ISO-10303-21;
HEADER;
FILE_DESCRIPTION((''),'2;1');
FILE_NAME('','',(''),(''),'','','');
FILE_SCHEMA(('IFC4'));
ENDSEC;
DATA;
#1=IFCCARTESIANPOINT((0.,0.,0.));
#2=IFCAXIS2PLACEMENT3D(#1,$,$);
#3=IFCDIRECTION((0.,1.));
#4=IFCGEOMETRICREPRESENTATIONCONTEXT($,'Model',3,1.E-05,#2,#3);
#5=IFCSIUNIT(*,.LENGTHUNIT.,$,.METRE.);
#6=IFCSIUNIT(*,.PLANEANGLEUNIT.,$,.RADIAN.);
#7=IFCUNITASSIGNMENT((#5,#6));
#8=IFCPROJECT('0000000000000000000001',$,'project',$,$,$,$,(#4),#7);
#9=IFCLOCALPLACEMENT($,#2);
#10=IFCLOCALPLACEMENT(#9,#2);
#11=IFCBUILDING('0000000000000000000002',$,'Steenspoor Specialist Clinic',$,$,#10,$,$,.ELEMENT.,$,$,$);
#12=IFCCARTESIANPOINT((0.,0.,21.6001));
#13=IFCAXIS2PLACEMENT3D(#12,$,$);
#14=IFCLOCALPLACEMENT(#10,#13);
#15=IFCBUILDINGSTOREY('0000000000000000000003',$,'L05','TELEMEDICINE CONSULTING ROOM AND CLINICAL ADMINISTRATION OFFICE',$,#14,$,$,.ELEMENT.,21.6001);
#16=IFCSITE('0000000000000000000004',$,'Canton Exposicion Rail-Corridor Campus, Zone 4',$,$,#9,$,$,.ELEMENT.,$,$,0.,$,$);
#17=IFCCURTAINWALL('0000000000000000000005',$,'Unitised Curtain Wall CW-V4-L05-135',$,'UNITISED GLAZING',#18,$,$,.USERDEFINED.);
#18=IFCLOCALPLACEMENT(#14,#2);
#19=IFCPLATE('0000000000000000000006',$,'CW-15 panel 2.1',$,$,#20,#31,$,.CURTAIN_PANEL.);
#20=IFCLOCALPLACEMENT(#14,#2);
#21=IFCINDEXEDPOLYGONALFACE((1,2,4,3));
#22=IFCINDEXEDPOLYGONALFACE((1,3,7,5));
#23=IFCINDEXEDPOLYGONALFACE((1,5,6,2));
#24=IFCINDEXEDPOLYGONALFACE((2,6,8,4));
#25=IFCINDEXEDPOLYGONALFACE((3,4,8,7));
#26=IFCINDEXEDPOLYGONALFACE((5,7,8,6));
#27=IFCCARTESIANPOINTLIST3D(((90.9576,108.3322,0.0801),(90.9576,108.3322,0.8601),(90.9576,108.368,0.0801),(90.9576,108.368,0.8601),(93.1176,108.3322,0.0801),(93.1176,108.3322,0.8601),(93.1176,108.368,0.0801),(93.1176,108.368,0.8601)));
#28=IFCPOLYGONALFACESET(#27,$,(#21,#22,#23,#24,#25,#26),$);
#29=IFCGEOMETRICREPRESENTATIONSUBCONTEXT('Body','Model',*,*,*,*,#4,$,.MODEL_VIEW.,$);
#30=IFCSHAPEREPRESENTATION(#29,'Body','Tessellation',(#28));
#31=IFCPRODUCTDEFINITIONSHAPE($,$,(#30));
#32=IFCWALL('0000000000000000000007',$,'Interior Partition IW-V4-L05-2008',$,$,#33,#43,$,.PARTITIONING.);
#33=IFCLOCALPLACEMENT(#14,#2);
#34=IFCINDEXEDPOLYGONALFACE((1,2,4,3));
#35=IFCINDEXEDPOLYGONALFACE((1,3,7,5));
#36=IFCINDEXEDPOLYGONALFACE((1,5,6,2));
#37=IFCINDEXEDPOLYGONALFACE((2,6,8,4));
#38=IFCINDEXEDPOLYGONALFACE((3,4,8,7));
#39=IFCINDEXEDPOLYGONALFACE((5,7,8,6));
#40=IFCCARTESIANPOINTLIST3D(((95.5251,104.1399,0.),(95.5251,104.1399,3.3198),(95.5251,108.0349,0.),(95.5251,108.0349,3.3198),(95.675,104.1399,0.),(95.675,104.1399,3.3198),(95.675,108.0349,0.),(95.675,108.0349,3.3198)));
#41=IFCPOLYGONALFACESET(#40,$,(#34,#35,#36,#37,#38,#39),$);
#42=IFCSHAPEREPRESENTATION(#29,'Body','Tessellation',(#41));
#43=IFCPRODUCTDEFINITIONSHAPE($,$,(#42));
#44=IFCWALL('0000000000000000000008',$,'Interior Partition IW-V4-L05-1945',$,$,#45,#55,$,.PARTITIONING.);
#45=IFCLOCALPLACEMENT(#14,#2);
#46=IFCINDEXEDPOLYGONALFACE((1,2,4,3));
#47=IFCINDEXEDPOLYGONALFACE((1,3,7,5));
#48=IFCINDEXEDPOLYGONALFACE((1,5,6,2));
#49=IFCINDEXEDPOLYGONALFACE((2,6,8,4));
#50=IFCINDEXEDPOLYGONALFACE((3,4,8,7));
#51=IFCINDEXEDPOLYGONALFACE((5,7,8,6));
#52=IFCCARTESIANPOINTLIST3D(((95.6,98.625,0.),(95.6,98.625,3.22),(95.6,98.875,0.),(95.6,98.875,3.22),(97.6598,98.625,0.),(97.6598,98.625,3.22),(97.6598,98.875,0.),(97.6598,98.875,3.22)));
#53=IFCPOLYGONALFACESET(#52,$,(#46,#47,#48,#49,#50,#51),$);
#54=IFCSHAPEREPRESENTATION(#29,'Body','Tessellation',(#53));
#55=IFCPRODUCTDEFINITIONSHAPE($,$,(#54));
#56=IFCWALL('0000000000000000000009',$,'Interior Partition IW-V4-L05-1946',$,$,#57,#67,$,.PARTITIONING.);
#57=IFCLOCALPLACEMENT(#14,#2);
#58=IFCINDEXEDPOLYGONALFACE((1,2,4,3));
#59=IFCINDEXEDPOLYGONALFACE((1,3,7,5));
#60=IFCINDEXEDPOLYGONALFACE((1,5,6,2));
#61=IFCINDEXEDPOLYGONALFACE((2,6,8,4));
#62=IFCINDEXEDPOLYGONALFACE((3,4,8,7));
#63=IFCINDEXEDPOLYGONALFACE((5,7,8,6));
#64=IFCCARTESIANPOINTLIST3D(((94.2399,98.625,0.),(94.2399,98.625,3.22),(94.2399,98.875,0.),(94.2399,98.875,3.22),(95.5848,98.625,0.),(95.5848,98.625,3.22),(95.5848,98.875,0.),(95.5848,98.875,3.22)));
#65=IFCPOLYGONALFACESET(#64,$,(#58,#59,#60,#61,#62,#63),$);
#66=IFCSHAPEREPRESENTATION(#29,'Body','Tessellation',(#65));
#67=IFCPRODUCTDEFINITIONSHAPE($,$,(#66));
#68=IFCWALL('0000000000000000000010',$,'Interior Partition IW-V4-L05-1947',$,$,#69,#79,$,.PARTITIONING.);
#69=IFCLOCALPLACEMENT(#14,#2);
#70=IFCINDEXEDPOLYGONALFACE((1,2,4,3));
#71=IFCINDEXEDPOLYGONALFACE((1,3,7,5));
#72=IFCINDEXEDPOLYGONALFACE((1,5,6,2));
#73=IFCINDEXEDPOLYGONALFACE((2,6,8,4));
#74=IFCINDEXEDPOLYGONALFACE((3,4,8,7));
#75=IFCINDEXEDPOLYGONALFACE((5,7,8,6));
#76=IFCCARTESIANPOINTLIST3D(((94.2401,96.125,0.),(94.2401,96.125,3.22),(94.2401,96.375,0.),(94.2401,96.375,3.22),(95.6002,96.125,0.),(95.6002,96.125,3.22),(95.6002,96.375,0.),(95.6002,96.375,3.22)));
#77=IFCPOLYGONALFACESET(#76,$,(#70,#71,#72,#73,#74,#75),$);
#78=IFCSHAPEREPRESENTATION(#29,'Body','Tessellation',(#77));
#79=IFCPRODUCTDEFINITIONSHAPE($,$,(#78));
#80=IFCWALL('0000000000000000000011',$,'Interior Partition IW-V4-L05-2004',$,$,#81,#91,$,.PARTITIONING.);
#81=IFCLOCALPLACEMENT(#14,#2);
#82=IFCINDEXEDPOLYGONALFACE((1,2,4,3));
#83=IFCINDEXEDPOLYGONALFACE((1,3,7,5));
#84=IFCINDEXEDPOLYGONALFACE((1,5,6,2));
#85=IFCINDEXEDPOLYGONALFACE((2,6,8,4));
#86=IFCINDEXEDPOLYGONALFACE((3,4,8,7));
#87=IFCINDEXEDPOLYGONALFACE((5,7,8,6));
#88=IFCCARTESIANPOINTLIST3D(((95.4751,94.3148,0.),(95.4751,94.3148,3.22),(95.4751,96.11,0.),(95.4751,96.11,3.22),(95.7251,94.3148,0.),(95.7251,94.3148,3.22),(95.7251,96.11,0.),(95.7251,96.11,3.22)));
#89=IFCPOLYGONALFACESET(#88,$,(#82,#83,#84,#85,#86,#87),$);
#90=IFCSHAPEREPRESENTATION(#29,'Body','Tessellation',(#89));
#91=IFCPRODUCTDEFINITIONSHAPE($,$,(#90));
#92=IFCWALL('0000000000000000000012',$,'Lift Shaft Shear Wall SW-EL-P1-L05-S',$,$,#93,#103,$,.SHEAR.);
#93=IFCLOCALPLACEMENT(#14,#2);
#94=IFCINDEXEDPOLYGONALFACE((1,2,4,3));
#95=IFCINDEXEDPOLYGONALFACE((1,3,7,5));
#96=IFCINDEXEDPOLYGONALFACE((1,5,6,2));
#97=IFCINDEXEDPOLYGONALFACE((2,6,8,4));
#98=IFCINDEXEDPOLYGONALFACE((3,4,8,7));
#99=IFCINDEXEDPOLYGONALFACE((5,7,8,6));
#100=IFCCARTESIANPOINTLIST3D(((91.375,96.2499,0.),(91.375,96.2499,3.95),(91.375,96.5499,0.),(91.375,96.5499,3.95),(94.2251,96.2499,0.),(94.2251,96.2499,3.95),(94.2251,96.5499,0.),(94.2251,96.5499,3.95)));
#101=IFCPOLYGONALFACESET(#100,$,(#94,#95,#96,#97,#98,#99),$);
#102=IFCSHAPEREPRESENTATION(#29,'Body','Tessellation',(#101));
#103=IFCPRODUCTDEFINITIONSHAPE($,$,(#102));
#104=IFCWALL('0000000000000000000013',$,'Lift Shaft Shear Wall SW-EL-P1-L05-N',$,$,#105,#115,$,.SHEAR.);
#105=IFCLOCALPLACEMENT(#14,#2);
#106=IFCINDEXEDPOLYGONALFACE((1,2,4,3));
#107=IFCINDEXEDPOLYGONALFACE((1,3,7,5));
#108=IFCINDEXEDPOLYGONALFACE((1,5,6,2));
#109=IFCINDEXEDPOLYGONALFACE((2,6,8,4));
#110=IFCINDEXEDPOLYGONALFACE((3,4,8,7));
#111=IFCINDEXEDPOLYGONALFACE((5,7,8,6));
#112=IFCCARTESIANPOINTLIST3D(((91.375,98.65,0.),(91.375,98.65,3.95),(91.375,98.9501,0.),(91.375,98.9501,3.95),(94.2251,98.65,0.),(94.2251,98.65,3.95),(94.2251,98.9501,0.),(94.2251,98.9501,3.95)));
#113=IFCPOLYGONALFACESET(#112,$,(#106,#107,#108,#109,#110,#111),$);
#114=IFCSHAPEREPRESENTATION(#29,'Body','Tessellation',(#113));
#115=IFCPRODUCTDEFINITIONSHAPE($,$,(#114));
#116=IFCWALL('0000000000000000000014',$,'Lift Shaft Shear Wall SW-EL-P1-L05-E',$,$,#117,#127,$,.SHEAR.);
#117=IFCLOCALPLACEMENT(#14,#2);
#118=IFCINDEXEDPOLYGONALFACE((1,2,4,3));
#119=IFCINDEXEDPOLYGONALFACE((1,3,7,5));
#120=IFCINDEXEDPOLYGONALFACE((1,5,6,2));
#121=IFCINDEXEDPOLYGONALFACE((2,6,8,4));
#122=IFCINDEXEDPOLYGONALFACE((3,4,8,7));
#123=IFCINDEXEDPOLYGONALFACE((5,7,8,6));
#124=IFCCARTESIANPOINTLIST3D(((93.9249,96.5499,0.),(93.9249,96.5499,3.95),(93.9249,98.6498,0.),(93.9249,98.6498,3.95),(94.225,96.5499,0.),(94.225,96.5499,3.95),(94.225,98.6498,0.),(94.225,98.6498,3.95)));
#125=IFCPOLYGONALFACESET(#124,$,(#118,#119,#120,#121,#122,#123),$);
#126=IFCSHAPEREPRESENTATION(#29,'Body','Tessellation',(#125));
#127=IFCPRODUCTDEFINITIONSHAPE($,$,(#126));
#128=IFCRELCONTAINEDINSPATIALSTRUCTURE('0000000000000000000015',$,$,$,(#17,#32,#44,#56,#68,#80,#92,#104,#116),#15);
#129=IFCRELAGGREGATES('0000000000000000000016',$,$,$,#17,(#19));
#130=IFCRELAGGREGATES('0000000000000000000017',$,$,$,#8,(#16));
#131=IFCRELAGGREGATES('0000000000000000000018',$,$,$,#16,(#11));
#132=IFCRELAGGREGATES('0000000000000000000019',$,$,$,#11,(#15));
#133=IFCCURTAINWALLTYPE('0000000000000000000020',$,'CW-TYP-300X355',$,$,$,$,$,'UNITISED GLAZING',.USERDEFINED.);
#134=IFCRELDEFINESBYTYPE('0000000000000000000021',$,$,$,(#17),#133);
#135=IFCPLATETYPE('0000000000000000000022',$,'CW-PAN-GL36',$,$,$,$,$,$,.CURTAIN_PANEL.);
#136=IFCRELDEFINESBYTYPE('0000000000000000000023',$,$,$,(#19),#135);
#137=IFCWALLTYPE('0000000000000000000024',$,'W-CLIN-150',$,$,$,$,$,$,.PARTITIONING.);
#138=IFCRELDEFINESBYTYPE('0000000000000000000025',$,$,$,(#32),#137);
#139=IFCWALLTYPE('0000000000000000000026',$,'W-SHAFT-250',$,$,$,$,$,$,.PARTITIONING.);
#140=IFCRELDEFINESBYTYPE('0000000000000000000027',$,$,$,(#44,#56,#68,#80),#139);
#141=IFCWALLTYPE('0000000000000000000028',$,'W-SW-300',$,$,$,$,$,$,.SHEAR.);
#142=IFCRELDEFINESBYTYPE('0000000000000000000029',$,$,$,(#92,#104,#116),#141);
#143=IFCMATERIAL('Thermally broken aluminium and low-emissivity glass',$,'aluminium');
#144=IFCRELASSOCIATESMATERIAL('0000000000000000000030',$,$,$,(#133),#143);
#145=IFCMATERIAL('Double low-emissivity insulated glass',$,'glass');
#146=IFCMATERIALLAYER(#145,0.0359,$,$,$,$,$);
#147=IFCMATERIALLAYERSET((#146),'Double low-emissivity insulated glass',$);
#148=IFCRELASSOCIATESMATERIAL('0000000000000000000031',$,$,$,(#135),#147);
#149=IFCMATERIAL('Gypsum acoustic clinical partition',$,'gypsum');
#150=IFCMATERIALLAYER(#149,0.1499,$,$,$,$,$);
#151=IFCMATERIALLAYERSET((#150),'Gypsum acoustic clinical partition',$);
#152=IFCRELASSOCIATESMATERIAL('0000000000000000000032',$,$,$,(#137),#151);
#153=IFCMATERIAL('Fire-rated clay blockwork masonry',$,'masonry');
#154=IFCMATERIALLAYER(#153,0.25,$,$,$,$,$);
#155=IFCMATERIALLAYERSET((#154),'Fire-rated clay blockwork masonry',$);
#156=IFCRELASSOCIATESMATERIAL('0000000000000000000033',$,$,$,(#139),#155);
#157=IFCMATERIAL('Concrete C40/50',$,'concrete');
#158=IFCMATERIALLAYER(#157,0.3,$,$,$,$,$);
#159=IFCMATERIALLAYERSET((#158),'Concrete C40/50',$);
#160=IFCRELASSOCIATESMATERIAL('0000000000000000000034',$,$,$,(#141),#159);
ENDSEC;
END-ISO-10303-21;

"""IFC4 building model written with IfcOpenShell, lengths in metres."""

from ifc_helpers import new_model, si_unit, direction, frame, frame_2d, origin, origin_2d, place, context, subcontext, project, spatial, rectangle, extrude, material, layer, layer_set, type_object, element, aggregate, save


model = new_model("IFC4")

# Units and contexts
model_context = context("Model", 3, precision=1e-05, world=origin(), true_north=direction((0.0, 1.0)))
body_context = subcontext(model_context, "Body", "Model", "MODEL_VIEW")
ifc_project = project(units=[si_unit("LENGTHUNIT", "METRE"), si_unit("PLANEANGLEUNIT", "RADIAN")], contexts=[model_context])

# Site, building, storey
site_placement = place(None, origin())
site = spatial("IfcSite", under=ifc_project, at=site_placement, Name="Canton Exposicion Rail-Corridor Campus, Zone 4", CompositionType="ELEMENT", RefElevation=0.0)
building_placement = place(site_placement, origin())
building = spatial("IfcBuilding", under=site, at=building_placement, Name="Steenspoor Specialist Clinic", CompositionType="ELEMENT")
storey_placement = place(building_placement, frame((0.0, 0.0, 21.6001)))
storey = spatial("IfcBuildingStorey", under=building, at=storey_placement, Name="L05", Description="TELEMEDICINE CONSULTING ROOM AND CLINICAL ADMINISTRATION OFFICE", CompositionType="ELEMENT", Elevation=21.6001)

# Shared definitions
ifc_material_1 = material(Name="Concrete C40/50", Category="concrete")

# Curtain wall, plate
ifc_material_2 = material(Name="Thermally broken aluminium and low-emissivity glass", Category="aluminium")
curtain_wall_type = type_object("IfcCurtainWallType", Name="CW-TYP-300X355", ElementType="UNITISED GLAZING", PredefinedType="USERDEFINED", material=ifc_material_2)
curtain_wall_placement = place(storey_placement, origin())
curtain_wall = element("IfcCurtainWall", 1, at=curtain_wall_placement, inside=storey, type_object=curtain_wall_type, Name="Unitised Curtain Wall CW-V4-L05-135", ObjectType="UNITISED GLAZING", PredefinedType="USERDEFINED")
ifc_material_3 = material(Name="Double low-emissivity insulated glass", Category="glass")
ifc_layer_1 = layer(ifc_material_3, 0.0359)
ifc_layer_set_1 = layer_set([ifc_layer_1], Name="Double low-emissivity insulated glass")
plate_type = type_object("IfcPlateType", Name="CW-PAN-GL36", PredefinedType="CURTAIN_PANEL", material=ifc_layer_set_1)
plate_1_placement = place(storey_placement, frame((92.0376, 108.3501, 0.0801), z_axis=(0.0, 0.0, 1.0), x_axis=(1.0, 0.0, 0.0)))
plate_1 = element("IfcPlate", 2, at=plate_1_placement, type_object=plate_type, Name="CW-15 panel 2.1", PredefinedType="CURTAIN_PANEL", context=body_context, shape_type="SweptSolid", body=[
    extrude(rectangle(XDim=2.1599, YDim=0.0359, at=origin_2d()), origin(), (0.0, 0.0, 1.0), 0.78),
])
aggregate(curtain_wall, [plate_1])

# Walls
ifc_material_4 = material(Name="Gypsum acoustic clinical partition", Category="gypsum")
ifc_layer_2 = layer(ifc_material_4, 0.1499)
ifc_layer_set_2 = layer_set([ifc_layer_2], Name="Gypsum acoustic clinical partition")
wall_type_1 = type_object("IfcWallType", Name="W-CLIN-150", PredefinedType="PARTITIONING", material=ifc_layer_set_2)
wall_1_placement = place(storey_placement, frame((95.6001, 104.1399, 0.0), z_axis=(0.0, 0.0, 1.0), x_axis=(0.0, 1.0, 0.0)))
element("IfcWall", 3, at=wall_1_placement, inside=storey, type_object=wall_type_1, Name="Interior Partition IW-V4-L05-2008", PredefinedType="PARTITIONING", context=body_context, shape_type="SweptSolid", body=[
    extrude(rectangle(XDim=3.895, YDim=0.1499, at=frame_2d((1.9475, 0.0))), origin(), (0.0, 0.0, 1.0), 3.3198),
])
ifc_material_5 = material(Name="Fire-rated clay blockwork masonry", Category="masonry")
ifc_layer_3 = layer(ifc_material_5, 0.25)
ifc_layer_set_3 = layer_set([ifc_layer_3], Name="Fire-rated clay blockwork masonry")
wall_type_2 = type_object("IfcWallType", Name="W-SHAFT-250", PredefinedType="PARTITIONING", material=ifc_layer_set_3)
wall_2_placement = place(storey_placement, frame((95.6001, 98.75, 0.0), z_axis=(0.0, 0.0, 1.0), x_axis=(1.0, 0.0, 0.0)))
element("IfcWall", 4, at=wall_2_placement, inside=storey, type_object=wall_type_2, Name="Interior Partition IW-V4-L05-1945", PredefinedType="PARTITIONING", context=body_context, shape_type="SweptSolid", body=[
    extrude(rectangle(XDim=2.0598, YDim=0.25, at=frame_2d((1.0298, 0.0))), origin(), (0.0, 0.0, 1.0), 3.22),
])
wall_3_placement = place(storey_placement, frame((94.24, 98.75, 0.0), z_axis=(0.0, 0.0, 1.0), x_axis=(1.0, 0.0, 0.0)))
element("IfcWall", 5, at=wall_3_placement, inside=storey, type_object=wall_type_2, Name="Interior Partition IW-V4-L05-1946", PredefinedType="PARTITIONING", context=body_context, shape_type="SweptSolid", body=[
    extrude(rectangle(XDim=1.345, YDim=0.25, at=frame_2d((0.6724, 0.0))), origin(), (0.0, 0.0, 1.0), 3.22),
])
wall_4_placement = place(storey_placement, frame((94.24, 96.25, 0.0), z_axis=(0.0, 0.0, 1.0), x_axis=(1.0, 0.0, 0.0)))
element("IfcWall", 6, at=wall_4_placement, inside=storey, type_object=wall_type_2, Name="Interior Partition IW-V4-L05-1947", PredefinedType="PARTITIONING", context=body_context, shape_type="SweptSolid", body=[
    extrude(rectangle(XDim=1.3601, YDim=0.25, at=frame_2d((0.6802, 0.0))), origin(), (0.0, 0.0, 1.0), 3.22),
])
wall_5_placement = place(storey_placement, frame((95.6001, 94.3149, 0.0), z_axis=(0.0, 0.0, 1.0), x_axis=(0.0, 1.0, 0.0)))
element("IfcWall", 7, at=wall_5_placement, inside=storey, type_object=wall_type_2, Name="Interior Partition IW-V4-L05-2004", PredefinedType="PARTITIONING", context=body_context, shape_type="SweptSolid", body=[
    extrude(rectangle(XDim=1.7952, YDim=0.25, at=frame_2d((0.8975, 0.0))), origin(), (0.0, 0.0, 1.0), 3.22),
])
ifc_layer_4 = layer(ifc_material_1, 0.3)
ifc_layer_set_4 = layer_set([ifc_layer_4], Name="Concrete C40/50")
wall_type_3 = type_object("IfcWallType", Name="W-SW-300", PredefinedType="SHEAR", material=ifc_layer_set_4)
for number, where, z_axis, x_axis, name in (
    (8, (91.375, 96.3999, 0.0), (0.0, 0.0, 1.0), (1.0, 0.0, 0.0), "Lift Shaft Shear Wall SW-EL-P1-L05-S"),
    (9, (91.375, 98.8, 0.0), (0.0, 0.0, 1.0), (1.0, 0.0, 0.0), "Lift Shaft Shear Wall SW-EL-P1-L05-N"),
):
    element("IfcWall", number, at=place(storey_placement, frame(where, z_axis=z_axis, x_axis=x_axis)), inside=storey, type_object=wall_type_3, Name=name, PredefinedType="SHEAR", context=body_context, shape_type="SweptSolid", body=[
        extrude(rectangle(XDim=2.8501, YDim=0.3, at=frame_2d((1.425, 0.0))), origin(), (0.0, 0.0, 1.0), 3.95),
    ])

# Wall
wall_6_placement = place(storey_placement, frame((94.075, 96.55, 0.0), z_axis=(0.0, 0.0, 1.0), x_axis=(0.0, 1.0, 0.0)))
element("IfcWall", 10, at=wall_6_placement, inside=storey, type_object=wall_type_3, Name="Lift Shaft Shear Wall SW-EL-P1-L05-E", PredefinedType="SHEAR", context=body_context, shape_type="SweptSolid", body=[
    extrude(rectangle(XDim=2.0999, YDim=0.3, at=frame_2d((1.0498, 0.0))), origin(), (0.0, 0.0, 1.0), 3.95),
])

save(model, "model.ifc")
